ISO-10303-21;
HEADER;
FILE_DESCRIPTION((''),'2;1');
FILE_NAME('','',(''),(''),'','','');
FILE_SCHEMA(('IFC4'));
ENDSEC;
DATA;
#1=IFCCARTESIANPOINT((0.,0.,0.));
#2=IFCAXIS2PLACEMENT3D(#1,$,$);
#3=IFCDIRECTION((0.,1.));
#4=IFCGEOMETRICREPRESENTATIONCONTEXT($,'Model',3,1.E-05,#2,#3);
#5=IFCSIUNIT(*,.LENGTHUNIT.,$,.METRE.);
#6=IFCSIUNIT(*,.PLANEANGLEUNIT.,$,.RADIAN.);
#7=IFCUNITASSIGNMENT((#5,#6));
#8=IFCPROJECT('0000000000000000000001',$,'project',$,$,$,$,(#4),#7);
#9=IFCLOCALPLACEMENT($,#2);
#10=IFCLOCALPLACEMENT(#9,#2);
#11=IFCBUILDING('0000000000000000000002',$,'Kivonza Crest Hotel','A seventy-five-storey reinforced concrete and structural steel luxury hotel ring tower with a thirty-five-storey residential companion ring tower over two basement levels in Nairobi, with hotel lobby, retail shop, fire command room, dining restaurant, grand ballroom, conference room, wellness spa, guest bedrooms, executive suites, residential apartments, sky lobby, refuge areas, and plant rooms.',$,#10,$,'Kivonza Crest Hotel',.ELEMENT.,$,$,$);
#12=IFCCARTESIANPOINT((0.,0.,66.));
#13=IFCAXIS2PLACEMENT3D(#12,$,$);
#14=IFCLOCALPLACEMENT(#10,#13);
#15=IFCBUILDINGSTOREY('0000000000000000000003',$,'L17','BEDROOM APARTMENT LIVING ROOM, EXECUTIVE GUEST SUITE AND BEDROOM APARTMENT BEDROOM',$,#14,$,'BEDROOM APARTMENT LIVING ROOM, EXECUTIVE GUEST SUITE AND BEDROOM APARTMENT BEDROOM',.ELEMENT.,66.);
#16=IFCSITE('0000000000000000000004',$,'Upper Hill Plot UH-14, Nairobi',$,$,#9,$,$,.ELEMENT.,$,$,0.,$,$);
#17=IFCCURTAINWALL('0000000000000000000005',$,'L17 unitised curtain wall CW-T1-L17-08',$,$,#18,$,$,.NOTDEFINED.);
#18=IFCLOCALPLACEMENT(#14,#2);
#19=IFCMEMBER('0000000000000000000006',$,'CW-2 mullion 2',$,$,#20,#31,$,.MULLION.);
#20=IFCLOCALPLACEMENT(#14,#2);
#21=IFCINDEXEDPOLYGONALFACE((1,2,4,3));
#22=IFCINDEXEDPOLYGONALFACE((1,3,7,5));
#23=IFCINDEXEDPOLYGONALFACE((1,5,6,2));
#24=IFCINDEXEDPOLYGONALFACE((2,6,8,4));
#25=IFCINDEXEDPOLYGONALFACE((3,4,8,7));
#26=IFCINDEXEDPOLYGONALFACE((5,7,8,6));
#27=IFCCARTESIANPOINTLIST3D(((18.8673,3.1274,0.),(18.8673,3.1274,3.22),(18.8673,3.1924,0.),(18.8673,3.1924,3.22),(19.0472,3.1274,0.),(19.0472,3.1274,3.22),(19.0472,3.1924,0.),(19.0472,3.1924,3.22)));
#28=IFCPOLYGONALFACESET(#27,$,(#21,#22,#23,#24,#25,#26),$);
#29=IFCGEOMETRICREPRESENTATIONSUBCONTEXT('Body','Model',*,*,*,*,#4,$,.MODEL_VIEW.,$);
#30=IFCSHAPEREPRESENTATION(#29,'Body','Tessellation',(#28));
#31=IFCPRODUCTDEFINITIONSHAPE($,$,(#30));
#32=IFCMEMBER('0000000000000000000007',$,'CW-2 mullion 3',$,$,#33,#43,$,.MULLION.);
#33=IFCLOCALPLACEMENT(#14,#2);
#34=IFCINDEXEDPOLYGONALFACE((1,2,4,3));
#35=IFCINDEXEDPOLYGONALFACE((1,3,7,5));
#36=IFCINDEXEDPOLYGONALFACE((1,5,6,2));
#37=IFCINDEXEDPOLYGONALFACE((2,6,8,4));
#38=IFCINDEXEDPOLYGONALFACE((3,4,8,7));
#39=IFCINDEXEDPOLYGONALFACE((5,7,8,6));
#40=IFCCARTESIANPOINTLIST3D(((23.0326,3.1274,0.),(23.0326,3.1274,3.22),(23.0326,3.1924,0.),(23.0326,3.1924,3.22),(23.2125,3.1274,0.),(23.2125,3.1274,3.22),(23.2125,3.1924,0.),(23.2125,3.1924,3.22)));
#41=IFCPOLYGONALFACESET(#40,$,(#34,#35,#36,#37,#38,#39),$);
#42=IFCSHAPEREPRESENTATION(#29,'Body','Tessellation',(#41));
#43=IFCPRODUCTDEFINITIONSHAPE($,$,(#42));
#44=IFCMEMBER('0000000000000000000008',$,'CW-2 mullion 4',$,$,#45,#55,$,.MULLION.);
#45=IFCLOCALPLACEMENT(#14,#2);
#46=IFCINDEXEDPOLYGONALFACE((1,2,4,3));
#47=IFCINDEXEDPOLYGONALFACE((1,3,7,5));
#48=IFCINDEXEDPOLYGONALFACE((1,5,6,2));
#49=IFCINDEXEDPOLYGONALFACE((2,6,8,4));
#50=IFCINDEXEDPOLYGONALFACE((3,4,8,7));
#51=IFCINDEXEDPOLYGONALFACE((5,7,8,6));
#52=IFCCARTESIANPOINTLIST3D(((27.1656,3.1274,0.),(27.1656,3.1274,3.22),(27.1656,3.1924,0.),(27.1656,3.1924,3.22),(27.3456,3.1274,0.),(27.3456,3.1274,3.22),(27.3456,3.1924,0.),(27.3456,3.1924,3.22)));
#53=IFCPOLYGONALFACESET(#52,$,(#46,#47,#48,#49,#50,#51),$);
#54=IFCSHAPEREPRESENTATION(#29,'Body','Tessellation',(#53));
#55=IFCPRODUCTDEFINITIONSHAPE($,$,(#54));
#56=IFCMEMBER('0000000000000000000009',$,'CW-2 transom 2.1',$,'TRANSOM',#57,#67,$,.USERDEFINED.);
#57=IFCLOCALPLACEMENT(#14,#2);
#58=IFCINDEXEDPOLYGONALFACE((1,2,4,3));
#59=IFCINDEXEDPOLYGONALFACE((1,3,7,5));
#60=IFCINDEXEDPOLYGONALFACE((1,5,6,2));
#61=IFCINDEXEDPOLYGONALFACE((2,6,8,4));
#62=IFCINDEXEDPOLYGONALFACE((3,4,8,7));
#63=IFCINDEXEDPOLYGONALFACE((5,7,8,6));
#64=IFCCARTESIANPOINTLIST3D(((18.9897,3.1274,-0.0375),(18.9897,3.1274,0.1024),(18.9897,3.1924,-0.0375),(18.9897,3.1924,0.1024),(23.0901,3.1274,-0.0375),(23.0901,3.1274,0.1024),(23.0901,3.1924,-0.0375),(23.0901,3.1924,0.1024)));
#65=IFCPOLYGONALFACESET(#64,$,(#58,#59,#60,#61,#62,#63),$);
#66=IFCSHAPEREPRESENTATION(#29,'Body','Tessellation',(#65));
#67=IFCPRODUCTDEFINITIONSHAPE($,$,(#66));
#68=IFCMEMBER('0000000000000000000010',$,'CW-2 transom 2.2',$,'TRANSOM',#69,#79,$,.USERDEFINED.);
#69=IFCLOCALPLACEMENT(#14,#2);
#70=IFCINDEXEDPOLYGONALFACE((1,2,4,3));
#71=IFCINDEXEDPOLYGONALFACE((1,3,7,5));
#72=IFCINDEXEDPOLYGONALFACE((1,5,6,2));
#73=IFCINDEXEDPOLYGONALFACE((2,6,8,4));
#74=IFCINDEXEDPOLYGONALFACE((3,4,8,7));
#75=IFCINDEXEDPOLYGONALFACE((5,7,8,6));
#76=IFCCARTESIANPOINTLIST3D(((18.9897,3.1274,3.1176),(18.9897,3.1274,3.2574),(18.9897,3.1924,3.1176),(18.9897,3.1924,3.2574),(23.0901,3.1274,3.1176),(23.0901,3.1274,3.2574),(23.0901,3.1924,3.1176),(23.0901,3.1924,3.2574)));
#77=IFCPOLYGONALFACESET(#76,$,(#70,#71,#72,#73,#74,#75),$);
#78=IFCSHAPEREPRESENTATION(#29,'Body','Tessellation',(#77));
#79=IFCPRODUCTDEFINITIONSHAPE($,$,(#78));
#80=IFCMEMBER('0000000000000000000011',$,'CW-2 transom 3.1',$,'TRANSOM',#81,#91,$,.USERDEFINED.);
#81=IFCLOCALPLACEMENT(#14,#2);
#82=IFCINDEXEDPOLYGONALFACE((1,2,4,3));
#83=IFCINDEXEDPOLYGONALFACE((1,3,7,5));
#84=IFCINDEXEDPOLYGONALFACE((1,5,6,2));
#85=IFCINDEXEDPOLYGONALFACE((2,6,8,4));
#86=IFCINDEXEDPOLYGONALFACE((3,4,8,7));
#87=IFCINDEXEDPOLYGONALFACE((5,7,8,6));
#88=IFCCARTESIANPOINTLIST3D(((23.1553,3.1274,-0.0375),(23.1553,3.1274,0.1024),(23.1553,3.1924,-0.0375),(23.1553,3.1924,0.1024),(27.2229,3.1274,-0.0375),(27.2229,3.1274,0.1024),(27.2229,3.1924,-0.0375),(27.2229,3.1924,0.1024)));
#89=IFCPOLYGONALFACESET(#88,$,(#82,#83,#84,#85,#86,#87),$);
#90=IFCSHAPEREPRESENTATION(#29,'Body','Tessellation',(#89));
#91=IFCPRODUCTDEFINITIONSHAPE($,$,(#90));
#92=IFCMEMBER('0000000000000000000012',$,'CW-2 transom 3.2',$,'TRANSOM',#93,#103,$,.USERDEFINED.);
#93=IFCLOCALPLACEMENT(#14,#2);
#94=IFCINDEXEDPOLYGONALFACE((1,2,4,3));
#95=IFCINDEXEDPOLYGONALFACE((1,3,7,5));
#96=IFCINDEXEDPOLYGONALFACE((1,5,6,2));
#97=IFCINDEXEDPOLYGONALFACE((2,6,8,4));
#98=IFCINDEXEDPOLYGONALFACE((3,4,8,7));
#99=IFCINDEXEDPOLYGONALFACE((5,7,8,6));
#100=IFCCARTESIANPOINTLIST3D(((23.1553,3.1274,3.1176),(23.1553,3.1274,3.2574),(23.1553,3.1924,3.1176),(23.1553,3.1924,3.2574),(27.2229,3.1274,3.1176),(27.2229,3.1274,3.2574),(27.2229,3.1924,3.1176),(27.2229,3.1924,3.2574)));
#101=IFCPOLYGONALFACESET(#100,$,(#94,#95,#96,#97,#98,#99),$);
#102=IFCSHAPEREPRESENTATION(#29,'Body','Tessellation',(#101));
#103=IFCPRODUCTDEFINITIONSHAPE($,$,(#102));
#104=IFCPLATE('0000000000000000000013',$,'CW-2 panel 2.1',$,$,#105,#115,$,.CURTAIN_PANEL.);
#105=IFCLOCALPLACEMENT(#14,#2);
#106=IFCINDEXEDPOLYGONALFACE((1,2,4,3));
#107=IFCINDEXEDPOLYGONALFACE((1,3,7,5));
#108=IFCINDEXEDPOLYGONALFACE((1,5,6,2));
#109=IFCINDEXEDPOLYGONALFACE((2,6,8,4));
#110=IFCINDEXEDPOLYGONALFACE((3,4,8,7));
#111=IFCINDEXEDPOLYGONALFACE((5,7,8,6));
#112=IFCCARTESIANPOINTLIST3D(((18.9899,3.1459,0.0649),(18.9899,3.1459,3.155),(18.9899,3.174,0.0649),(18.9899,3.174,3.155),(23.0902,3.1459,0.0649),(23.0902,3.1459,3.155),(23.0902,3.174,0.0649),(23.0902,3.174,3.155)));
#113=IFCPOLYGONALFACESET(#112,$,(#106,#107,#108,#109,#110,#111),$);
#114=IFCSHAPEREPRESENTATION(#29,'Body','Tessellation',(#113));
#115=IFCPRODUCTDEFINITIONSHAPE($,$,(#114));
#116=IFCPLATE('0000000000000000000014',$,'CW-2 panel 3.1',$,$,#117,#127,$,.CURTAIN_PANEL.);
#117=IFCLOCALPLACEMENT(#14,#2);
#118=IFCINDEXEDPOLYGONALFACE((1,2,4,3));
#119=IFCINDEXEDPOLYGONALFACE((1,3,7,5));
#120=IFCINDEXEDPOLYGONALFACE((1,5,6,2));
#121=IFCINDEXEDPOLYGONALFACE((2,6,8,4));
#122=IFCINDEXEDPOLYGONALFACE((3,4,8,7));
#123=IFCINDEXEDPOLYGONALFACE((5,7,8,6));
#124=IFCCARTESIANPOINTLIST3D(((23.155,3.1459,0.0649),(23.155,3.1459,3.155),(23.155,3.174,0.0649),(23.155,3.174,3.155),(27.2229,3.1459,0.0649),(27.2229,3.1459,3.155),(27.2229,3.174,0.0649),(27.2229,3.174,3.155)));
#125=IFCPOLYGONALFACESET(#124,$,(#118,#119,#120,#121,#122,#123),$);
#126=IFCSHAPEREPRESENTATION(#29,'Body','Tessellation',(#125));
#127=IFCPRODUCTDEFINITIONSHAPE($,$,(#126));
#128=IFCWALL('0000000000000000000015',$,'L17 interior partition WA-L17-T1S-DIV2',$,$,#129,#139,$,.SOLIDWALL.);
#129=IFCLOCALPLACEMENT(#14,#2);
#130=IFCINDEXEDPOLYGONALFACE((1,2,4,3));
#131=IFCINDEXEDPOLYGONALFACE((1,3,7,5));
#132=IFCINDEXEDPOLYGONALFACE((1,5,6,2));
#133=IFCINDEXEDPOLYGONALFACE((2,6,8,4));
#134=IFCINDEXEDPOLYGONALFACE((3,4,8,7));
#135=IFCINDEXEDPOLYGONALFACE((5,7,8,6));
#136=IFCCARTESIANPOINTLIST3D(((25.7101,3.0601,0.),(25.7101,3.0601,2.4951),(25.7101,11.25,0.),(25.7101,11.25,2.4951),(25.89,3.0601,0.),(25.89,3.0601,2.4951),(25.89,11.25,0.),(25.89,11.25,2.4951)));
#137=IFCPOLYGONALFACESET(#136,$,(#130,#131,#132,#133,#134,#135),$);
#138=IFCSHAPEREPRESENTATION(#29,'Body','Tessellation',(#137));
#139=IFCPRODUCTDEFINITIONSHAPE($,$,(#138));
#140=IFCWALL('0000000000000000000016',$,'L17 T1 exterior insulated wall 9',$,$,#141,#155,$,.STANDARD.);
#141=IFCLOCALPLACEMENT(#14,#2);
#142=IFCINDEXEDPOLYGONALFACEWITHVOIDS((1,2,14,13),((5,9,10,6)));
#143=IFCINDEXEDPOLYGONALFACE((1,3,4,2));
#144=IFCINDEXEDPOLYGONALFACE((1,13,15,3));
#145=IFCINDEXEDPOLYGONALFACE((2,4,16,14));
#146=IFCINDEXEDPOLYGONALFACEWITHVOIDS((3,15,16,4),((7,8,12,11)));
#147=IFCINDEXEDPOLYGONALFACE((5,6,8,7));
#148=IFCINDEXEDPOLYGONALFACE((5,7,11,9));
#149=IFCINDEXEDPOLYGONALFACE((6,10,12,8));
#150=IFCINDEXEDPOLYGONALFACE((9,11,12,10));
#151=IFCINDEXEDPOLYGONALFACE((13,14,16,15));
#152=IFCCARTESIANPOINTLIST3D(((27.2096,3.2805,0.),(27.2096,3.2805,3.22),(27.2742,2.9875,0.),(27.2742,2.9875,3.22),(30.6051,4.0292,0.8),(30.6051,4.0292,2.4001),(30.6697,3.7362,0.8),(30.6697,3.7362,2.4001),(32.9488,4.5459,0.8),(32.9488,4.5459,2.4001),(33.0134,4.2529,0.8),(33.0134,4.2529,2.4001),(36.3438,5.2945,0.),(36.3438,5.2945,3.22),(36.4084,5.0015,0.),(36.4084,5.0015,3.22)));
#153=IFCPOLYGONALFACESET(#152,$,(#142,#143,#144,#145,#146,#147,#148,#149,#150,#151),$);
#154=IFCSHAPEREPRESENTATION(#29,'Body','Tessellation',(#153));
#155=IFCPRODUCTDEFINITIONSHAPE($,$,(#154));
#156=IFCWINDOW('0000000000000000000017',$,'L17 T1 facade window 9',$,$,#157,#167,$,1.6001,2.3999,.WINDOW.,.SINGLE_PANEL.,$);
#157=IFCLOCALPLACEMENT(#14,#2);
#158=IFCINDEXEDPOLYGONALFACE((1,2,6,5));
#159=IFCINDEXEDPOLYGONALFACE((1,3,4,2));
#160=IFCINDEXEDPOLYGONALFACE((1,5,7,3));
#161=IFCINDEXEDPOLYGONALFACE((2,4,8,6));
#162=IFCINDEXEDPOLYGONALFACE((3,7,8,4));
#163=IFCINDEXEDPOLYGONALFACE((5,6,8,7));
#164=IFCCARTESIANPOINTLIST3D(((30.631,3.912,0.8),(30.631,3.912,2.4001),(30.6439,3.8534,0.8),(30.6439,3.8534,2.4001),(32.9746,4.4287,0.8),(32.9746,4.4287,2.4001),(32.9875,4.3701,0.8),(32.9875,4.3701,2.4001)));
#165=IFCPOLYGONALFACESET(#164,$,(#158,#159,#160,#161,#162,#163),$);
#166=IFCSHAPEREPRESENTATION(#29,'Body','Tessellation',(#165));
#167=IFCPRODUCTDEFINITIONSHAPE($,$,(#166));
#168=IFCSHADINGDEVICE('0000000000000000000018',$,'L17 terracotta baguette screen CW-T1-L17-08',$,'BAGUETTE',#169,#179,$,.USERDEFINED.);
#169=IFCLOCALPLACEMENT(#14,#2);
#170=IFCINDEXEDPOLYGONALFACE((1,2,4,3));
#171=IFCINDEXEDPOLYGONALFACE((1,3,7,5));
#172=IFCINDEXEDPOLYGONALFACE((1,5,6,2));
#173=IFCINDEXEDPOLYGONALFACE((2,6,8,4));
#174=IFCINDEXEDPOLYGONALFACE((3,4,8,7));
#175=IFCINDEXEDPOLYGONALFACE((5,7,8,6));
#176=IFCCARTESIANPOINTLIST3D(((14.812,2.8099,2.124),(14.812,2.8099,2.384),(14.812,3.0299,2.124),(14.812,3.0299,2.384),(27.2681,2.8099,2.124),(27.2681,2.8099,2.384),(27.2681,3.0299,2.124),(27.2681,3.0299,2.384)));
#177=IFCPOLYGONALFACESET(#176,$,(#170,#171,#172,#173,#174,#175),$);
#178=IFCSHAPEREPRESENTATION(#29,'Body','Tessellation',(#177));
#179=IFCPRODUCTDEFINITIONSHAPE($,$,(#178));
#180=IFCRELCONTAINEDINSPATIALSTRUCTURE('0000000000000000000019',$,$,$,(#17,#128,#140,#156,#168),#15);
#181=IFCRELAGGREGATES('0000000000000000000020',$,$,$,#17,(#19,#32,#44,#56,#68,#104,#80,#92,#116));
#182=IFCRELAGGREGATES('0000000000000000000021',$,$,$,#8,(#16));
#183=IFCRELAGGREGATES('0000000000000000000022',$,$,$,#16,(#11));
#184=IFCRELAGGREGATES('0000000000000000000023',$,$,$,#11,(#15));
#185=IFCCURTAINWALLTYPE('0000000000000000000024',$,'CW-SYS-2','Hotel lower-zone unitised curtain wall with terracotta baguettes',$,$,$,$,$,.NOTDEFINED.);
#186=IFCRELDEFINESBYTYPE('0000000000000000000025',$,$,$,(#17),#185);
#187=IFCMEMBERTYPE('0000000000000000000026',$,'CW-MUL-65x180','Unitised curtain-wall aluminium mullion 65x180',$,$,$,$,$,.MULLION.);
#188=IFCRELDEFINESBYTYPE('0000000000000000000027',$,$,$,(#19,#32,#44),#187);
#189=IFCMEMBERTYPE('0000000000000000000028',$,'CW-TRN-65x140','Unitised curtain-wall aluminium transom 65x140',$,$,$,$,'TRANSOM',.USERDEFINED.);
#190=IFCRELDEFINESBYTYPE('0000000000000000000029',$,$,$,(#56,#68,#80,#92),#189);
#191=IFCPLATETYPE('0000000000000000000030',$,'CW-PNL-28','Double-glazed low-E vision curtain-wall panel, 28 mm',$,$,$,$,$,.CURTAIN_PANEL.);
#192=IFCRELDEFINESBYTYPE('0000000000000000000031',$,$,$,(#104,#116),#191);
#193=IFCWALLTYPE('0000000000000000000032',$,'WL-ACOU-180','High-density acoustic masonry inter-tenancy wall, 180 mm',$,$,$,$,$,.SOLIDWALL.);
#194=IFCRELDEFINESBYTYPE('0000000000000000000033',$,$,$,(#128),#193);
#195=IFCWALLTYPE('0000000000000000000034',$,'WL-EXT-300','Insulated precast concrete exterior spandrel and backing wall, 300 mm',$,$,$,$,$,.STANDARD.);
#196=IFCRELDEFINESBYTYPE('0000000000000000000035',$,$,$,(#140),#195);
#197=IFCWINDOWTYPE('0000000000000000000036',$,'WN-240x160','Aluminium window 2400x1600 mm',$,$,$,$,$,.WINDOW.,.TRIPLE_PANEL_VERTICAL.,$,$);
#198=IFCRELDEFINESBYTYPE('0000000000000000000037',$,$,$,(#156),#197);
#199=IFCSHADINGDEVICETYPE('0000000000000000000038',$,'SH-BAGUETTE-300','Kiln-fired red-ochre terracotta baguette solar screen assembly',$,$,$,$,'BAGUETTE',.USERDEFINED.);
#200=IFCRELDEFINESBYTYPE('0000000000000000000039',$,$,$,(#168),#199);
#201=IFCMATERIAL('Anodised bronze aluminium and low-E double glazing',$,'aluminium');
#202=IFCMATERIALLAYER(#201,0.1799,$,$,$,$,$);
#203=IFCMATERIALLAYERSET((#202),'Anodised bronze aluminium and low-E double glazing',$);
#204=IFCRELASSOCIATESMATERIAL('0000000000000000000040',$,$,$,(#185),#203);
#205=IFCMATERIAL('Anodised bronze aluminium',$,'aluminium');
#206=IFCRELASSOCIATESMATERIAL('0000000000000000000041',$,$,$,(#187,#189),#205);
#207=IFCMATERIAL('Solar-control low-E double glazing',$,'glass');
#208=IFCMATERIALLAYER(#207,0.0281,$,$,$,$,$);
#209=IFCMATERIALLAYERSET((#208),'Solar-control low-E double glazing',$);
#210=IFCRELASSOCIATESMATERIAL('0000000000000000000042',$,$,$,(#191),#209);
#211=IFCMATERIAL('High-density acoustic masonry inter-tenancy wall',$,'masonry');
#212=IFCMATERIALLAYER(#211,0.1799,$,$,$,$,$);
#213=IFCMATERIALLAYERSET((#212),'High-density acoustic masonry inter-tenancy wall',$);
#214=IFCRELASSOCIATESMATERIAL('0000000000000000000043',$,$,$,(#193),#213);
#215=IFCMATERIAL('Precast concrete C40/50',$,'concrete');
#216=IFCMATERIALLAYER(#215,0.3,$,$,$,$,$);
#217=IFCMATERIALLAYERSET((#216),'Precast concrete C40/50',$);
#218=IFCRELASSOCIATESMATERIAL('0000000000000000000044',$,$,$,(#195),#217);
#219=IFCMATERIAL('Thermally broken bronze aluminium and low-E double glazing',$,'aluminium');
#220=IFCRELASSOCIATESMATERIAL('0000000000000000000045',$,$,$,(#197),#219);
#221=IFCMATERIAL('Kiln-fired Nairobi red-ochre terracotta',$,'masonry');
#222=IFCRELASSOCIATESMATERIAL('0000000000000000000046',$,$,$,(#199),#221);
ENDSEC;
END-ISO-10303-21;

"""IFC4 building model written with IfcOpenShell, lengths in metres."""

from ifc_helpers import new_model, si_unit, direction, frame, frame_2d, origin, origin_2d, place, context, subcontext, project, spatial, rectangle, extrude, material, layer, layer_set, material_profile, profile_set, type_object, element, fill, aggregate, save


model = new_model("IFC4")

# Units and contexts
model_context = context("Model", 3, precision=1e-05, world=origin(), true_north=direction((0.0, 1.0)))
body_context = subcontext(model_context, "Body", "Model", "MODEL_VIEW")
ifc_project = project(units=[si_unit("LENGTHUNIT", "METRE"), si_unit("PLANEANGLEUNIT", "RADIAN")], contexts=[model_context])

# Site, building, storey
site_placement = place(None, origin())
site = spatial("IfcSite", under=ifc_project, at=site_placement, Name="Upper Hill Plot UH-14, Nairobi", CompositionType="ELEMENT", RefElevation=0.0)
building_placement = place(site_placement, origin())
building = spatial("IfcBuilding", under=site, at=building_placement, Name="Kivonza Crest Hotel", Description="A seventy-five-storey reinforced concrete and structural steel luxury hotel ring tower with a thirty-five-storey residential companion ring tower over two basement levels in Nairobi, with hotel lobby, retail shop, fire command room, dining restaurant, grand ballroom, conference room, wellness spa, guest bedrooms, executive suites, residential apartments, sky lobby, refuge areas, and plant rooms.", LongName="Kivonza Crest Hotel", CompositionType="ELEMENT")
storey_placement = place(building_placement, frame((0.0, 0.0, 66.0)))
storey = spatial("IfcBuildingStorey", under=building, at=storey_placement, Name="L17", Description="BEDROOM APARTMENT LIVING ROOM, EXECUTIVE GUEST SUITE AND BEDROOM APARTMENT BEDROOM", LongName="BEDROOM APARTMENT LIVING ROOM, EXECUTIVE GUEST SUITE AND BEDROOM APARTMENT BEDROOM", CompositionType="ELEMENT", Elevation=66.0)

# Curtain wall, members, plates
ifc_material_1 = material(Name="Anodised bronze aluminium and low-E double glazing", Category="aluminium")
ifc_layer_1 = layer(ifc_material_1, 0.1799)
ifc_layer_set_1 = layer_set([ifc_layer_1], Name="Anodised bronze aluminium and low-E double glazing")
curtain_wall_type = type_object("IfcCurtainWallType", Name="CW-SYS-2", Description="Hotel lower-zone unitised curtain wall with terracotta baguettes", PredefinedType="NOTDEFINED", material=ifc_layer_set_1)
curtain_wall_placement = place(storey_placement, origin())
curtain_wall = element("IfcCurtainWall", 1, at=curtain_wall_placement, inside=storey, type_object=curtain_wall_type, Name="L17 unitised curtain wall CW-T1-L17-08", PredefinedType="NOTDEFINED")
ifc_material_2 = material(Name="Anodised bronze aluminium", Category="aluminium")
ifc_material_profile_1 = material_profile(ifc_material_2, rectangle(XDim=0.0649, YDim=0.1799, at=origin_2d()), Name="CW-M 65x180")
ifc_profile_set_1 = profile_set([ifc_material_profile_1], Name="Anodised bronze aluminium")
member_type_1 = type_object("IfcMemberType", Name="CW-MUL-65x180", Description="Unitised curtain-wall aluminium mullion 65x180", PredefinedType="MULLION", material=ifc_profile_set_1)
member_1_placement = place(storey_placement, frame((18.9573, 3.1599, 0.0), z_axis=(0.0, 0.0, 1.0), x_axis=(0.0, 1.0, 0.0)))
member_1 = element("IfcMember", 2, at=member_1_placement, type_object=member_type_1, Name="CW-2 mullion 2", PredefinedType="MULLION", context=body_context, shape_type="SweptSolid", body=[
    extrude(rectangle(XDim=0.0649, YDim=0.1799, at=origin_2d()), origin(), (0.0, 0.0, 1.0), 3.22),
])
member_2_placement = place(storey_placement, frame((23.1226, 3.1599, 0.0), z_axis=(0.0, 0.0, 1.0), x_axis=(0.0, 1.0, 0.0)))
member_2 = element("IfcMember", 3, at=member_2_placement, type_object=member_type_1, Name="CW-2 mullion 3", PredefinedType="MULLION", context=body_context, shape_type="SweptSolid", body=[
    extrude(rectangle(XDim=0.0649, YDim=0.1799, at=origin_2d()), origin(), (0.0, 0.0, 1.0), 3.22),
])
member_3_placement = place(storey_placement, frame((27.2556, 3.1599, 0.0), z_axis=(0.0, 0.0, 1.0), x_axis=(0.0, 1.0, 0.0)))
member_3 = element("IfcMember", 4, at=member_3_placement, type_object=member_type_1, Name="CW-2 mullion 4", PredefinedType="MULLION", context=body_context, shape_type="SweptSolid", body=[
    extrude(rectangle(XDim=0.0649, YDim=0.1799, at=origin_2d()), origin(), (0.0, 0.0, 1.0), 3.22),
])
ifc_material_profile_2 = material_profile(ifc_material_2, rectangle(XDim=0.0649, YDim=0.1399, at=origin_2d()), Name="CW-T 65x140")
ifc_profile_set_2 = profile_set([ifc_material_profile_2], Name="Anodised bronze aluminium")
member_type_2 = type_object("IfcMemberType", Name="CW-TRN-65x140", Description="Unitised curtain-wall aluminium transom 65x140", ElementType="TRANSOM", PredefinedType="USERDEFINED", material=ifc_profile_set_2)
member_4_placement = place(storey_placement, frame((18.9897, 3.1599, 0.0325), z_axis=(1.0, 0.0, 0.0), x_axis=(0.0, 1.0, 0.0)))
member_4 = element("IfcMember", 5, at=member_4_placement, type_object=member_type_2, Name="CW-2 transom 2.1", ObjectType="TRANSOM", PredefinedType="USERDEFINED", context=body_context, shape_type="SweptSolid", body=[
    extrude(rectangle(XDim=0.0649, YDim=0.1399, at=origin_2d()), origin(), (0.0, 0.0, 1.0), 4.1003),
])
member_5_placement = place(storey_placement, frame((18.9897, 3.1599, 3.1875), z_axis=(1.0, 0.0, 0.0), x_axis=(0.0, 1.0, 0.0)))
member_5 = element("IfcMember", 6, at=member_5_placement, type_object=member_type_2, Name="CW-2 transom 2.2", ObjectType="TRANSOM", PredefinedType="USERDEFINED", context=body_context, shape_type="SweptSolid", body=[
    extrude(rectangle(XDim=0.0649, YDim=0.1399, at=origin_2d()), origin(), (0.0, 0.0, 1.0), 4.1003),
])
member_6_placement = place(storey_placement, frame((23.1553, 3.1599, 0.0325), z_axis=(1.0, 0.0, 0.0), x_axis=(0.0, 1.0, 0.0)))
member_6 = element("IfcMember", 7, at=member_6_placement, type_object=member_type_2, Name="CW-2 transom 3.1", ObjectType="TRANSOM", PredefinedType="USERDEFINED", context=body_context, shape_type="SweptSolid", body=[
    extrude(rectangle(XDim=0.0649, YDim=0.1399, at=origin_2d()), origin(), (0.0, 0.0, 1.0), 4.0676),
])
member_7_placement = place(storey_placement, frame((23.1553, 3.1599, 3.1875), z_axis=(1.0, 0.0, 0.0), x_axis=(0.0, 1.0, 0.0)))
member_7 = element("IfcMember", 8, at=member_7_placement, type_object=member_type_2, Name="CW-2 transom 3.2", ObjectType="TRANSOM", PredefinedType="USERDEFINED", context=body_context, shape_type="SweptSolid", body=[
    extrude(rectangle(XDim=0.0649, YDim=0.1399, at=origin_2d()), origin(), (0.0, 0.0, 1.0), 4.0676),
])
ifc_material_3 = material(Name="Solar-control low-E double glazing", Category="glass")
ifc_layer_2 = layer(ifc_material_3, 0.0281)
ifc_layer_set_2 = layer_set([ifc_layer_2], Name="Solar-control low-E double glazing")
plate_type = type_object("IfcPlateType", Name="CW-PNL-28", Description="Double-glazed low-E vision curtain-wall panel, 28 mm", PredefinedType="CURTAIN_PANEL", material=ifc_layer_set_2)
plate_1_placement = place(storey_placement, frame((21.04, 3.1599, 0.0649), z_axis=(0.0, 0.0, 1.0), x_axis=(1.0, 0.0, 0.0)))
plate_1 = element("IfcPlate", 9, at=plate_1_placement, type_object=plate_type, Name="CW-2 panel 2.1", PredefinedType="CURTAIN_PANEL", context=body_context, shape_type="SweptSolid", body=[
    extrude(rectangle(XDim=4.1003, YDim=0.0281, at=origin_2d()), origin(), (0.0, 0.0, 1.0), 3.0901),
])
plate_2_placement = place(storey_placement, frame((25.189, 3.1599, 0.0649), z_axis=(0.0, 0.0, 1.0), x_axis=(1.0, 0.0, 0.0)))
plate_2 = element("IfcPlate", 10, at=plate_2_placement, type_object=plate_type, Name="CW-2 panel 3.1", PredefinedType="CURTAIN_PANEL", context=body_context, shape_type="SweptSolid", body=[
    extrude(rectangle(XDim=4.0679, YDim=0.0281, at=origin_2d()), origin(), (0.0, 0.0, 1.0), 3.0901),
])
aggregate(curtain_wall, [member_1, member_2, member_3, member_4, member_5, plate_1, member_6, member_7, plate_2])

# Wall
ifc_material_4 = material(Name="High-density acoustic masonry inter-tenancy wall", Category="masonry")
ifc_layer_3 = layer(ifc_material_4, 0.1799)
ifc_layer_set_3 = layer_set([ifc_layer_3], Name="High-density acoustic masonry inter-tenancy wall")
wall_type_1 = type_object("IfcWallType", Name="WL-ACOU-180", Description="High-density acoustic masonry inter-tenancy wall, 180 mm", PredefinedType="SOLIDWALL", material=ifc_layer_set_3)
wall_1_placement = place(storey_placement, frame((25.8, 3.0601, 0.0), z_axis=(0.0, 0.0, 1.0), x_axis=(0.0, 1.0, 0.0)))
element("IfcWall", 11, at=wall_1_placement, inside=storey, type_object=wall_type_1, Name="L17 interior partition WA-L17-T1S-DIV2", PredefinedType="SOLIDWALL", context=body_context, shape_type="SweptSolid", body=[
    extrude(rectangle(XDim=8.1899, YDim=0.1799, at=frame_2d((4.095, 0.0))), origin(), (0.0, 0.0, 1.0), 2.4951),
])

# Wall, opening, window
ifc_material_5 = material(Name="Precast concrete C40/50", Category="concrete")
ifc_layer_4 = layer(ifc_material_5, 0.3)
ifc_layer_set_4 = layer_set([ifc_layer_4], Name="Precast concrete C40/50")
wall_type_2 = type_object("IfcWallType", Name="WL-EXT-300", Description="Insulated precast concrete exterior spandrel and backing wall, 300 mm", PredefinedType="STANDARD", material=ifc_layer_set_4)
wall_2_placement = place(storey_placement, frame((27.2419, 3.134, 0.0), z_axis=(0.0, 0.0, 1.0), x_axis=(0.976545, 0.215313, 0.0)))
wall_2 = element("IfcWall", 12, at=wall_2_placement, inside=storey, type_object=wall_type_2, Name="L17 T1 exterior insulated wall 9", PredefinedType="STANDARD", context=body_context, shape_type="SweptSolid", body=[
    extrude(rectangle(XDim=9.3535, YDim=0.3, at=frame_2d((4.6768, 0.0))), origin(), (0.0, 0.0, 1.0), 3.22),
])
opening_placement = place(wall_2_placement, frame((3.4771, 0.0, 0.8)))
opening = element("IfcOpeningElement", 13, at=opening_placement, cuts=wall_2, PredefinedType="OPENING", context=body_context, shape_type="SweptSolid", body=[
    extrude(rectangle(XDim=2.3999, YDim=1.6001, at=frame_2d((1.2, 0.8))), frame((0.0, 0.1602, 0.0), z_axis=(0.0, -1.0, 0.0), x_axis=(1.0, 0.0, 0.0)), (0.0, 0.0, 1.0), 0.3201),
])
ifc_material_6 = material(Name="Thermally broken bronze aluminium and low-E double glazing", Category="aluminium")
window_type = type_object("IfcWindowType", Name="WN-240x160", Description="Aluminium window 2400x1600 mm", PartitioningType="TRIPLE_PANEL_VERTICAL", PredefinedType="WINDOW", material=ifc_material_6)
window_placement = place(opening_placement, origin())
window = element("IfcWindow", 14, at=window_placement, inside=storey, type_object=window_type, Name="L17 T1 facade window 9", OverallHeight=1.6001, OverallWidth=2.3999, PartitioningType="SINGLE_PANEL", PredefinedType="WINDOW", context=body_context, shape_type="SweptSolid", body=[
    extrude(rectangle(XDim=2.3999, YDim=1.6001, at=frame_2d((1.2, 0.8))), frame((0.0, 0.03, 0.0), z_axis=(0.0, -1.0, 0.0), x_axis=(1.0, 0.0, 0.0)), (0.0, 0.0, 1.0), 0.0601),
])
fill(opening, window)

# Shading device
ifc_material_7 = material(Name="Kiln-fired Nairobi red-ochre terracotta", Category="masonry")
shading_device_type_1 = type_object("IfcShadingDeviceType", Name="SH-BAGUETTE-300", Description="Kiln-fired red-ochre terracotta baguette solar screen assembly", ElementType="BAGUETTE", PredefinedType="USERDEFINED", material=ifc_material_7)
shading_device_placement = place(storey_placement, frame((21.04, 2.9199, 2.124), z_axis=(0.0, 0.0, 1.0), x_axis=(1.0, 0.0, 0.0)))
element("IfcShadingDevice", 15, at=shading_device_placement, inside=storey, type_object=shading_device_type_1, Name="L17 terracotta baguette screen CW-T1-L17-08", ObjectType="BAGUETTE", PredefinedType="USERDEFINED", context=body_context, shape_type="SweptSolid", body=[
    extrude(rectangle(XDim=12.4561, YDim=0.22, at=origin_2d()), origin(), (0.0, 0.0, 1.0), 0.26),
])

save(model, "model.ifc")
